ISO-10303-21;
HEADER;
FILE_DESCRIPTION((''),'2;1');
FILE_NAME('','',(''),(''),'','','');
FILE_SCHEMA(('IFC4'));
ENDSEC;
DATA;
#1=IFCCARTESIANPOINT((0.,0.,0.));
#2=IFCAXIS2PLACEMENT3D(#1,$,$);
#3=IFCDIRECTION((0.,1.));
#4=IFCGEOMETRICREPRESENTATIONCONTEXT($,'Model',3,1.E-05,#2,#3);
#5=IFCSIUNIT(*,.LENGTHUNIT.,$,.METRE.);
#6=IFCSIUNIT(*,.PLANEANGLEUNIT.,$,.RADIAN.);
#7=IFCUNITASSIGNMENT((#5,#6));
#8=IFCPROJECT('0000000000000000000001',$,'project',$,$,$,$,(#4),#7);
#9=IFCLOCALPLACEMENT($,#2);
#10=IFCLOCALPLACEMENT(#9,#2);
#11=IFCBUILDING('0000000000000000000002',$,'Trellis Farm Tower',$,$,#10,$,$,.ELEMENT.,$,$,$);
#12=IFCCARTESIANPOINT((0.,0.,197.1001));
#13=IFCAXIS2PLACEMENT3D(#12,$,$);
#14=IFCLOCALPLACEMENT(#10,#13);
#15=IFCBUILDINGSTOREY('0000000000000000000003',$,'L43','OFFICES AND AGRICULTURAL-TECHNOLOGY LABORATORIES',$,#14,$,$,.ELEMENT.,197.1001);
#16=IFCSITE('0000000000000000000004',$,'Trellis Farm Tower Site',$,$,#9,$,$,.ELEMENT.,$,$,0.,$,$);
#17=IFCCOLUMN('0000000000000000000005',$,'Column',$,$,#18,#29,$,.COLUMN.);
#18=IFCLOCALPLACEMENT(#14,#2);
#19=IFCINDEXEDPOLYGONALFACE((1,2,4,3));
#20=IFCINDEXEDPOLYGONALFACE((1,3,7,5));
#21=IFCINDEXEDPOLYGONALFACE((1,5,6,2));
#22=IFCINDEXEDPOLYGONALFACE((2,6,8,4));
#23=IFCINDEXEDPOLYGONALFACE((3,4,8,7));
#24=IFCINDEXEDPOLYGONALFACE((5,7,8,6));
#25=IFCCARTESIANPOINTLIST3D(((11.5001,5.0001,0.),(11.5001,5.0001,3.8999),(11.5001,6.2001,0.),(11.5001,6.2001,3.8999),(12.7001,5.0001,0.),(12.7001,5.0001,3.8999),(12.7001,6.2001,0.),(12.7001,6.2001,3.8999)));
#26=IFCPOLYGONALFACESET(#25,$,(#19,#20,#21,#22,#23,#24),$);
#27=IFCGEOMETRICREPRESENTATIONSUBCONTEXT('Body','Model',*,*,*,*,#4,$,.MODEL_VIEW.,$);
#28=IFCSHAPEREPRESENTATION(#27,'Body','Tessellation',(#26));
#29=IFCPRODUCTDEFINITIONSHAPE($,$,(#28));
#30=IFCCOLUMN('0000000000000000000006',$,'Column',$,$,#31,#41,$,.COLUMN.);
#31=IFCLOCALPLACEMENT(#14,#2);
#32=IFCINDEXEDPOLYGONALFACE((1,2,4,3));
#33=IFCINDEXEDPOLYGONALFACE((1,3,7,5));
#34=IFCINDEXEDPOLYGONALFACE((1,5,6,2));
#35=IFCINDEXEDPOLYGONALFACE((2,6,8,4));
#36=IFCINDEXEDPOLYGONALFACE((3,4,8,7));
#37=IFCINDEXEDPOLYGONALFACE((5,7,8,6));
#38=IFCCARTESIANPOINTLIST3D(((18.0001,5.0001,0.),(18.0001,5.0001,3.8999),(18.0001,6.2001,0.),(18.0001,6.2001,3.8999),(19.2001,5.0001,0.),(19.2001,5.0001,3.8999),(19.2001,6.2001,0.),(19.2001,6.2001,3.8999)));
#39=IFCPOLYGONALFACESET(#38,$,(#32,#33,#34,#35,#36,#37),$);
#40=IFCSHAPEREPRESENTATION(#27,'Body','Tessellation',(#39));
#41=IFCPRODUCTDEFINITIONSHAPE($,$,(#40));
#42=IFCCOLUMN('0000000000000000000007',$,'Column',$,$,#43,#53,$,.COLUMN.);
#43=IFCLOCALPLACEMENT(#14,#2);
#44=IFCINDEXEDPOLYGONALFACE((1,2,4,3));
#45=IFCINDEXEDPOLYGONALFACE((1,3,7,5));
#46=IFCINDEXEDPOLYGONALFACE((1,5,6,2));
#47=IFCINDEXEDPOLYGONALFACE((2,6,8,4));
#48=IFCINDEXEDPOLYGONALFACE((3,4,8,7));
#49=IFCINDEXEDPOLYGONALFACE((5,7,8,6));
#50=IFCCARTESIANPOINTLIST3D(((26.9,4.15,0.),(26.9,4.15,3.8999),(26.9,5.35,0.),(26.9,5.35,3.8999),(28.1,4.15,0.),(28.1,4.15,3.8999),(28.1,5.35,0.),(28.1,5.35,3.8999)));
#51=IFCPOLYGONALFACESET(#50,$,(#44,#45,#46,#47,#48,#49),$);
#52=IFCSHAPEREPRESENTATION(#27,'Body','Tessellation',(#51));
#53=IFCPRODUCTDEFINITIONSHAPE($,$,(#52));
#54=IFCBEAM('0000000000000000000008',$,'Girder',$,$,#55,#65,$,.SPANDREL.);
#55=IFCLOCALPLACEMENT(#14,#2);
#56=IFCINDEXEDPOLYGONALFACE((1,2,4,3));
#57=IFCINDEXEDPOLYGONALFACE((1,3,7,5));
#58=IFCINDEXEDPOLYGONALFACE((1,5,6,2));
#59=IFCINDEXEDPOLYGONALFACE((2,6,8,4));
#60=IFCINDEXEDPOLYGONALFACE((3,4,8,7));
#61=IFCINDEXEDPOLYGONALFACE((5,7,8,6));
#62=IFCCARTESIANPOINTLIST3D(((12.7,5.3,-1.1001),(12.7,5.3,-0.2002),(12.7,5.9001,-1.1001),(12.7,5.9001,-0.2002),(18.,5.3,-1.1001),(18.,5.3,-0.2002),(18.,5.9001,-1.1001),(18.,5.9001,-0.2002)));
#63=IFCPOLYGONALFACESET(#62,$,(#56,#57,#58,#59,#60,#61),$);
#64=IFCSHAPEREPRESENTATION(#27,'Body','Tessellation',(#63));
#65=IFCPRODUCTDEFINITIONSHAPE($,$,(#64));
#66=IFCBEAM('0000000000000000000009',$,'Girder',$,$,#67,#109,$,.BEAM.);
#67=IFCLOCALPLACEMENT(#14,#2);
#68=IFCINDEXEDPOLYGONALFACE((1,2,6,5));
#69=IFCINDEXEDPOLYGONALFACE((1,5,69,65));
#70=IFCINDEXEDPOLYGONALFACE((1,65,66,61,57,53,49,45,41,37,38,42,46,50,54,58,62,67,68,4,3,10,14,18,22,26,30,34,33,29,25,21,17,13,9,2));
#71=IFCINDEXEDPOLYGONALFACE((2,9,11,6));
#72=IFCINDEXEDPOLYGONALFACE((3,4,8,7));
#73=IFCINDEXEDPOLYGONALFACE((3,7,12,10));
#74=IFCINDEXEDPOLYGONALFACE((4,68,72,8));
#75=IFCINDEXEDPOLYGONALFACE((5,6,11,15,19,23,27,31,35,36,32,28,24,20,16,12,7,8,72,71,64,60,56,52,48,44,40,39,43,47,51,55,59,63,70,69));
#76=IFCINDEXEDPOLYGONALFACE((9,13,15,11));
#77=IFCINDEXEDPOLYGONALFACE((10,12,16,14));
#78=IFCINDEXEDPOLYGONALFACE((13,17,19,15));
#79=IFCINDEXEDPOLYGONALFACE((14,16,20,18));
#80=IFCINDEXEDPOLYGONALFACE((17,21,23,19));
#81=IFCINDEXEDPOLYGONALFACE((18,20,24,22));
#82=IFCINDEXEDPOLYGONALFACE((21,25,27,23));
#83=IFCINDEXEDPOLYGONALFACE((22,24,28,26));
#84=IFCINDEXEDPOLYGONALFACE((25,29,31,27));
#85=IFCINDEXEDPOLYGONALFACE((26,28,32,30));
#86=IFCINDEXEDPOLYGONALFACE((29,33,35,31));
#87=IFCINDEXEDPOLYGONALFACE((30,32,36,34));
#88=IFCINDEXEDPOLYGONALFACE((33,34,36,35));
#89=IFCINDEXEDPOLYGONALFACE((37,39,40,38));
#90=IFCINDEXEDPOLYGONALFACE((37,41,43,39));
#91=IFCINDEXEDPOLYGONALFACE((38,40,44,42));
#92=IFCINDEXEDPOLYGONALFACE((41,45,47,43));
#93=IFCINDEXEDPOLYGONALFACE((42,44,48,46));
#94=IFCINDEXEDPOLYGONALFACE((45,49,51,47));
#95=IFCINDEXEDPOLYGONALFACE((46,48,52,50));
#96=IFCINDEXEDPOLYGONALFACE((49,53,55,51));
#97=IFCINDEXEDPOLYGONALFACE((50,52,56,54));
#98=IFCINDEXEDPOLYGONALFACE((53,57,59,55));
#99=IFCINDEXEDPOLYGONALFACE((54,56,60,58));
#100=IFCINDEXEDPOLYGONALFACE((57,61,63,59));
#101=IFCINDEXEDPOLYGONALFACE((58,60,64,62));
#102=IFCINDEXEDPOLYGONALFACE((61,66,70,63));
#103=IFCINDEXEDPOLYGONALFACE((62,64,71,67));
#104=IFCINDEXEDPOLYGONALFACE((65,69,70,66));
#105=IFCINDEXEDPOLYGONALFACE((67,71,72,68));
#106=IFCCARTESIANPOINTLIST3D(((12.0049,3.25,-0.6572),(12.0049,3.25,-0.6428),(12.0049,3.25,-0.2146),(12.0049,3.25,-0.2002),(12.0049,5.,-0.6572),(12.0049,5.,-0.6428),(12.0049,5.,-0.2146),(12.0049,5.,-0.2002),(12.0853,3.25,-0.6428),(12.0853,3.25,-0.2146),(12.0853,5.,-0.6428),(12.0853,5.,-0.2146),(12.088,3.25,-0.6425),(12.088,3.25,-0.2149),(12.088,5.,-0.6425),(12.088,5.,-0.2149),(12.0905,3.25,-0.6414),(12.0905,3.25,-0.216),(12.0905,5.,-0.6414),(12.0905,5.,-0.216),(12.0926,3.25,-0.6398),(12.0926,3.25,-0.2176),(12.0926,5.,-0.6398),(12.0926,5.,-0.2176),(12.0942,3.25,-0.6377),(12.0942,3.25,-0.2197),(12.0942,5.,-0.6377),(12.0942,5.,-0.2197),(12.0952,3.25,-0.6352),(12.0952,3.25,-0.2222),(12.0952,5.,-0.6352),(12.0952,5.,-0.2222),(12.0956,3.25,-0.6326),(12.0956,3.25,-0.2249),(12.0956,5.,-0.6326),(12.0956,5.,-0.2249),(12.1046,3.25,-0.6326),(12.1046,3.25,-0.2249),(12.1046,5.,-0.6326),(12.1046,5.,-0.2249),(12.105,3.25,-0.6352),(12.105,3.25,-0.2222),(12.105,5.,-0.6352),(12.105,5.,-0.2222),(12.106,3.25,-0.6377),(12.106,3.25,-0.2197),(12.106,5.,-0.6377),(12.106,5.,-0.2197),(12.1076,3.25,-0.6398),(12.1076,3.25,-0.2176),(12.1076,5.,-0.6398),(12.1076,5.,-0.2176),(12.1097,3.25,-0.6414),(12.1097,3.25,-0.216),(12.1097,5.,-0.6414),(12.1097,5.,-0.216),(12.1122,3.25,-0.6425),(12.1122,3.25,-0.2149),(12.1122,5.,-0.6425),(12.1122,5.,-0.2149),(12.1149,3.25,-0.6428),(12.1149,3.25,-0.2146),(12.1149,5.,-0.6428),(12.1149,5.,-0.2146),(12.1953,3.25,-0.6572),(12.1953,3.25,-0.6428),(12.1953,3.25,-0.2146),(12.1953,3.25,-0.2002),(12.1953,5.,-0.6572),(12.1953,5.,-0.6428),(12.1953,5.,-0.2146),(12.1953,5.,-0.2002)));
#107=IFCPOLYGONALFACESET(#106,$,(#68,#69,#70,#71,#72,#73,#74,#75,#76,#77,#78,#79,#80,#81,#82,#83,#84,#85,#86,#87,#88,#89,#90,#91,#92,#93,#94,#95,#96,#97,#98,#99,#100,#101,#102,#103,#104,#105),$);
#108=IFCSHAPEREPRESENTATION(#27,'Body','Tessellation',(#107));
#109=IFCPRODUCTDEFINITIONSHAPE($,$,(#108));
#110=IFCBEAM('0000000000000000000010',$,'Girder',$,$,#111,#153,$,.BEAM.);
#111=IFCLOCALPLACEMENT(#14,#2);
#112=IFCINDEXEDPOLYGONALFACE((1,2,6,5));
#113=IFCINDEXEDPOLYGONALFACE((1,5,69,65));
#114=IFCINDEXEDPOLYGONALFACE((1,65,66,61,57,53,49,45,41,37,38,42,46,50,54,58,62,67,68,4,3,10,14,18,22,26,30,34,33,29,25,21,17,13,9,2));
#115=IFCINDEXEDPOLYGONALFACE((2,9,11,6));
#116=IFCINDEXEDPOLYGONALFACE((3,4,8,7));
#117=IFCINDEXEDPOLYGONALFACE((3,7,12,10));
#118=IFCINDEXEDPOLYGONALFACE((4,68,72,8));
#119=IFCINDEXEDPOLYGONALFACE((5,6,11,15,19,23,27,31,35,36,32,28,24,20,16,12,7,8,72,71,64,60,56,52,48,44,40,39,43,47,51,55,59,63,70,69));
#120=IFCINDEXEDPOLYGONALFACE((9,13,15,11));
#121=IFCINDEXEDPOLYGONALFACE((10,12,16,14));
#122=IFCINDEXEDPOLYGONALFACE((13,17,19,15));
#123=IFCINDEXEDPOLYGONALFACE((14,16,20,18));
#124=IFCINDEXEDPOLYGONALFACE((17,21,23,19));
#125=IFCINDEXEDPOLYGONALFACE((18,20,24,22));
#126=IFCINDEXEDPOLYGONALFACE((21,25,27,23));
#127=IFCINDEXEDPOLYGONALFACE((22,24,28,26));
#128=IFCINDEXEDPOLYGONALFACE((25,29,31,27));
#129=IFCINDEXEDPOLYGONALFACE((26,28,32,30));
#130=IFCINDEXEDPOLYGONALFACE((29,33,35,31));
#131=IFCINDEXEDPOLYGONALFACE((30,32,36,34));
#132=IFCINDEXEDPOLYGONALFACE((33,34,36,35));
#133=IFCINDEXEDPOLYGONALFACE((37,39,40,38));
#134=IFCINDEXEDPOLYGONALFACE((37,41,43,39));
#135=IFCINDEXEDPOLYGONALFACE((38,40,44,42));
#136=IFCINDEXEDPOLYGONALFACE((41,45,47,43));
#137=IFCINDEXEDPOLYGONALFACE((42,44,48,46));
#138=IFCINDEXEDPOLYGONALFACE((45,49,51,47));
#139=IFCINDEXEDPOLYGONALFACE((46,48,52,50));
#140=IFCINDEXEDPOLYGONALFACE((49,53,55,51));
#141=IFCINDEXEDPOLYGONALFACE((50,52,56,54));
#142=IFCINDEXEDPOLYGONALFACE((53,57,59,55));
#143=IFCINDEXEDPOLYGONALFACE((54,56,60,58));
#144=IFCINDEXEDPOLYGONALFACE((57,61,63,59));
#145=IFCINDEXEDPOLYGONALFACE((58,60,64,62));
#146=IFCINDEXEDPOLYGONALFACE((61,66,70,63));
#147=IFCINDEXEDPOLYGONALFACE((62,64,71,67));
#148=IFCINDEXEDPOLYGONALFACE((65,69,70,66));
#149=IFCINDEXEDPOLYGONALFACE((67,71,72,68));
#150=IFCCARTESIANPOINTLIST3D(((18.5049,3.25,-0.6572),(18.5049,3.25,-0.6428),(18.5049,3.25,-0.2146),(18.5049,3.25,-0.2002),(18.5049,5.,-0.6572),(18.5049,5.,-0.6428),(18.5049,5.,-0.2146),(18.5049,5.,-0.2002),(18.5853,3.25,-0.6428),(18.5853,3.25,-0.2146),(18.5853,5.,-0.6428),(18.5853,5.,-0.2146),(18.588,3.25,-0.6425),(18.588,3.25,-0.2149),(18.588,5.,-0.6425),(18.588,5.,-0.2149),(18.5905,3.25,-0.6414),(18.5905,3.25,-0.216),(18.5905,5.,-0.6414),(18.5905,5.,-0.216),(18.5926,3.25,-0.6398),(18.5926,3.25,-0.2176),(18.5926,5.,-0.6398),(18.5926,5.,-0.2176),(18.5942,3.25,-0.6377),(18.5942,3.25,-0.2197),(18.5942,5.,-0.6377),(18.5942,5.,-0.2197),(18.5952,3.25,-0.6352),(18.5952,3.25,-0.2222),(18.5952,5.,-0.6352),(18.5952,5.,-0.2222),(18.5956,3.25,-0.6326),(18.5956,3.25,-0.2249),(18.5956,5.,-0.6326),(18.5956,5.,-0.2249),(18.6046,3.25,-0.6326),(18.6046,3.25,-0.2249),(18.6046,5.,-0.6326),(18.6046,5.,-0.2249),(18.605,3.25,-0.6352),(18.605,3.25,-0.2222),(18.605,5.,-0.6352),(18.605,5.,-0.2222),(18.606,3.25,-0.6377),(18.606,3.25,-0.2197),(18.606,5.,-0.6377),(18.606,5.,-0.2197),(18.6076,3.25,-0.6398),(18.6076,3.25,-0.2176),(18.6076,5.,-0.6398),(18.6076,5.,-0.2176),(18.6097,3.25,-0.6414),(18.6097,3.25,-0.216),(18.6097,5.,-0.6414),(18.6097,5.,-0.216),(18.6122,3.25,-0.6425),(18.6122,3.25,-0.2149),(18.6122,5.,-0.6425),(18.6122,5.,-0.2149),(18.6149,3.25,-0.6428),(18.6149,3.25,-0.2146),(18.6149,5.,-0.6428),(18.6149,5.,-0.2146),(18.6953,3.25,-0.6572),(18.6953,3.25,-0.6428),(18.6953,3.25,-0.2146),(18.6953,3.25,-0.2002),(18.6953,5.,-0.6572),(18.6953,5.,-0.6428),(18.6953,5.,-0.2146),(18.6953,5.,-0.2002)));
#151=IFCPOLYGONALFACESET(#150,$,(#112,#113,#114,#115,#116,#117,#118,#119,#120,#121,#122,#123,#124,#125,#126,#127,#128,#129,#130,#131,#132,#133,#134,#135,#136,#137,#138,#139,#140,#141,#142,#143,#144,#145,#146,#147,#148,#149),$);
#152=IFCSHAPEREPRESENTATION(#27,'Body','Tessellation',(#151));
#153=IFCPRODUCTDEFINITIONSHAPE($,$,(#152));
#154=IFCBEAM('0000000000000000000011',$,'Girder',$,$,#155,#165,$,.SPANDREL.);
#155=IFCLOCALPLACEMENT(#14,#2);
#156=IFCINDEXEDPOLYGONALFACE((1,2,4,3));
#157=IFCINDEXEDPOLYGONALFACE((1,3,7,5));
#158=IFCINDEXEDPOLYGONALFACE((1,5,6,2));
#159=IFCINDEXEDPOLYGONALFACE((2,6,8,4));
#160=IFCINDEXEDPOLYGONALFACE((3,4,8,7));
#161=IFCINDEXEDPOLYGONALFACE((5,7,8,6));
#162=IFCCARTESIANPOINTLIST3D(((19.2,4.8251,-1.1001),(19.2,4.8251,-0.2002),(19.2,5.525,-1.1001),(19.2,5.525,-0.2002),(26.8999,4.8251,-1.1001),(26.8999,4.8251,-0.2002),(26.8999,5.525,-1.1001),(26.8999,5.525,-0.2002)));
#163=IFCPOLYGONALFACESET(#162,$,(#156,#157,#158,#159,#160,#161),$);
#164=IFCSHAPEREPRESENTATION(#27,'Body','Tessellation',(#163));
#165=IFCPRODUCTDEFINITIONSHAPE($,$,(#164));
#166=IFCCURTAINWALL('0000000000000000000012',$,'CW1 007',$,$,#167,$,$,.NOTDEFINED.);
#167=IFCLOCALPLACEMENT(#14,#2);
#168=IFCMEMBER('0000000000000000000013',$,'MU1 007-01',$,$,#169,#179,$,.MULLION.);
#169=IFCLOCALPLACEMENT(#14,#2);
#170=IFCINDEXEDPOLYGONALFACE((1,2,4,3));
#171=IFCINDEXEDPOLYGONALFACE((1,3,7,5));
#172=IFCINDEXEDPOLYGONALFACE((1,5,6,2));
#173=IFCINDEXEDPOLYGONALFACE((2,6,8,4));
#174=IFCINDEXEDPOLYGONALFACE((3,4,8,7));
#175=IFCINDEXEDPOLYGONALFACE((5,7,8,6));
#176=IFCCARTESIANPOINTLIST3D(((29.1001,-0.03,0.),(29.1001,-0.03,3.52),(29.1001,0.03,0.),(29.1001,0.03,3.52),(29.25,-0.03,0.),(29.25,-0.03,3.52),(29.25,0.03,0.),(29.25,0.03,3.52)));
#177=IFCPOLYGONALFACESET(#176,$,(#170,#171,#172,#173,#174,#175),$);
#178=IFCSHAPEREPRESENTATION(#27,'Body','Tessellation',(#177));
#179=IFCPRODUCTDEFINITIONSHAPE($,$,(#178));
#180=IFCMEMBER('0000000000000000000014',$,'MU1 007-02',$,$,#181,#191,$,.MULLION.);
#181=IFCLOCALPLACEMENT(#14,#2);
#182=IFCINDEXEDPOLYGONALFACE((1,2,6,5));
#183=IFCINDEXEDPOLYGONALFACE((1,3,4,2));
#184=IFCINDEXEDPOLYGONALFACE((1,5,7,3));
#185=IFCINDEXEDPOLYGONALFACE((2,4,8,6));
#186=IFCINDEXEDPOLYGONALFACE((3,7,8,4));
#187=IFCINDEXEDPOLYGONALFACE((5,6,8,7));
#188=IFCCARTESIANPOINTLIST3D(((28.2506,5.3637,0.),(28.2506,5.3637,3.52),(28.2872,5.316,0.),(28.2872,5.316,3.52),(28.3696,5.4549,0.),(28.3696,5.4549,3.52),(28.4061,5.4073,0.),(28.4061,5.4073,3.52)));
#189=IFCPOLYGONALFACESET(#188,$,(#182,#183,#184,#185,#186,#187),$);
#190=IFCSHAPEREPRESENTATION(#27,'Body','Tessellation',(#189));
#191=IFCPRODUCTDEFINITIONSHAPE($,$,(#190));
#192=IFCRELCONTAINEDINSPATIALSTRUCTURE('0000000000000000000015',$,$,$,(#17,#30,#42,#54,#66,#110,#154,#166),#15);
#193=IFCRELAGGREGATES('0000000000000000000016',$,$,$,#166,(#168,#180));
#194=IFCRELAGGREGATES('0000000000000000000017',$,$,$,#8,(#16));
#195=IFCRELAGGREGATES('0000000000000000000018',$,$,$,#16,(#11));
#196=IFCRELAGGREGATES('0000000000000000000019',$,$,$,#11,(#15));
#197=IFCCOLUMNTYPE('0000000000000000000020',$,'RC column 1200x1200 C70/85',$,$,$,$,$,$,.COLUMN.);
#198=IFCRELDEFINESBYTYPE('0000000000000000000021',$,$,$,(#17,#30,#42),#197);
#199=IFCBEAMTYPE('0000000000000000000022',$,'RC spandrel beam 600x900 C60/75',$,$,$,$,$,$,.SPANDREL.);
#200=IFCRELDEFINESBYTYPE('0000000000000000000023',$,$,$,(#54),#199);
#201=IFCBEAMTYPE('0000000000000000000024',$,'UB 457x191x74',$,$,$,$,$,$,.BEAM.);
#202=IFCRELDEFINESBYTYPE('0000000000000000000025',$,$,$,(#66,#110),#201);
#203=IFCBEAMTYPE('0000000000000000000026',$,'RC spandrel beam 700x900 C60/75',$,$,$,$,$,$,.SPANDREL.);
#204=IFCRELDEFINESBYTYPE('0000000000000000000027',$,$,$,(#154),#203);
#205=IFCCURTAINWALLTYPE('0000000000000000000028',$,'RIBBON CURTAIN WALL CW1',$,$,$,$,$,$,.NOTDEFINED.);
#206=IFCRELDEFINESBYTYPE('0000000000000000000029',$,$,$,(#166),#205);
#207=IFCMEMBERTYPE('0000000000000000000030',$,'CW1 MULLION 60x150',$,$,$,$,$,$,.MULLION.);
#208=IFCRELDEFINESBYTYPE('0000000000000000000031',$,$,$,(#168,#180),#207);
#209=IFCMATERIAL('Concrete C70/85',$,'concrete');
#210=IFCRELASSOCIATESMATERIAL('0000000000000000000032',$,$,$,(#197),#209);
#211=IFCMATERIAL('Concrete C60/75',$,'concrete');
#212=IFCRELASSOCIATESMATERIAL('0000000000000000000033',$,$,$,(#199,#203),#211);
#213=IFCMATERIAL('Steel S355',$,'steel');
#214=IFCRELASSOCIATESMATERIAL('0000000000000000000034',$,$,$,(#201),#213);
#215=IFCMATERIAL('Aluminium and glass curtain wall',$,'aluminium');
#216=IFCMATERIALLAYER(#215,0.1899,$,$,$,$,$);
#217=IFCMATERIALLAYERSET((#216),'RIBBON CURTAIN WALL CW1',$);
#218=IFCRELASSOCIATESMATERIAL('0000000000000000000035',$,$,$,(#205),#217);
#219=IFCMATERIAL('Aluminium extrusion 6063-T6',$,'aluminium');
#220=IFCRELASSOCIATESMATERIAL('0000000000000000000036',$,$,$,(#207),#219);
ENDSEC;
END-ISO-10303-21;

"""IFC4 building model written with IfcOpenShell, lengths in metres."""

from ifc_helpers import new_model, si_unit, direction, frame, origin, origin_2d, place, context, subcontext, project, spatial, rectangle, i_section, extrude, source, transform, mapped, material, layer, layer_set, material_profile, profile_set, type_object, element, aggregate, save


model = new_model("IFC4")

# Units and contexts
model_context = context("Model", 3, precision=1e-05, world=origin(), true_north=direction((0.0, 1.0)))
body_context = subcontext(model_context, "Body", "Model", "MODEL_VIEW")
ifc_project = project(units=[si_unit("LENGTHUNIT", "METRE"), si_unit("PLANEANGLEUNIT", "RADIAN")], contexts=[model_context])

# Site, building, storey
site_placement = place(None, origin())
site = spatial("IfcSite", under=ifc_project, at=site_placement, Name="Trellis Farm Tower Site", CompositionType="ELEMENT", RefElevation=0.0)
building_placement = place(site_placement, origin())
building = spatial("IfcBuilding", under=site, at=building_placement, Name="Trellis Farm Tower", CompositionType="ELEMENT")
storey_placement = place(building_placement, frame((0.0, 0.0, 197.1001)))
storey = spatial("IfcBuildingStorey", under=building, at=storey_placement, Name="L43", Description="OFFICES AND AGRICULTURAL-TECHNOLOGY LABORATORIES", CompositionType="ELEMENT", Elevation=197.1001)

# Columns
ifc_material_1 = material(Name="Concrete C70/85", Category="concrete")
ifc_material_profile_1 = material_profile(ifc_material_1, rectangle(XDim=1.2, YDim=1.2, at=origin_2d()), Name="RC column 1200x1200 C70/85")
ifc_profile_set_1 = profile_set([ifc_material_profile_1], Name="Concrete C70/85")
column_type = type_object("IfcColumnType", Name="RC column 1200x1200 C70/85", PredefinedType="COLUMN", material=ifc_profile_set_1)
shared_shape_1 = source(origin(), body_context, "Body", "SweptSolid", [
    extrude(rectangle(XDim=1.2, YDim=1.2, at=origin_2d()), origin(), (0.0, 0.0, 1.0), 3.8999),
])
for number, where, z_axis, x_axis, name in (
    (1, (12.1001, 5.6001, 0.0), (0.0, 0.0, 1.0), (1.0, 0.0, 0.0), "Column"),
    (2, (18.6001, 5.6001, 0.0), (0.0, 0.0, 1.0), (1.0, 0.0, 0.0), "Column"),
    (3, (27.5, 4.75, 0.0), (0.0, 0.0, 1.0), (1.0, 0.0, 0.0), "Column"),
):
    element("IfcColumn", number, at=place(storey_placement, frame(where, z_axis=z_axis, x_axis=x_axis)), inside=storey, type_object=column_type, Name=name, PredefinedType="COLUMN", context=body_context, shape_type="MappedRepresentation", body=[
        mapped(shared_shape_1, transform((0.0, 0.0, 0.0))),
    ])

# Beams
ifc_material_2 = material(Name="Concrete C60/75", Category="concrete")
ifc_material_profile_2 = material_profile(ifc_material_2, rectangle(XDim=0.6001, YDim=0.8999, at=origin_2d()), Name="RC spandrel beam 600x900 C60/75")
ifc_profile_set_2 = profile_set([ifc_material_profile_2], Name="Concrete C60/75")
beam_type_1 = type_object("IfcBeamType", Name="RC spandrel beam 600x900 C60/75", PredefinedType="SPANDREL", material=ifc_profile_set_2)
shared_shape_2 = source(origin(), body_context, "Body", "SweptSolid", [
    extrude(rectangle(XDim=0.6001, YDim=0.8999, at=origin_2d()), origin(), (0.0, 0.0, 1.0), 5.3),
])
beam_1_placement = place(storey_placement, frame((12.7, 5.6001, -0.6501), z_axis=(1.0, 0.0, 0.0), x_axis=(0.0, 1.0, 0.0)))
element("IfcBeam", 4, at=beam_1_placement, inside=storey, type_object=beam_type_1, Name="Girder", PredefinedType="SPANDREL", context=body_context, shape_type="MappedRepresentation", body=[
    mapped(shared_shape_2, transform((0.0, 0.0, 0.0))),
])
ifc_material_3 = material(Name="Steel S355", Category="steel")
ifc_material_profile_3 = material_profile(ifc_material_3, i_section(OverallWidth=0.1904, OverallDepth=0.457, WebThickness=0.009, FlangeThickness=0.0144, FilletRadius=0.0103, at=origin_2d()), Name="UB 457x191x74")
ifc_profile_set_3 = profile_set([ifc_material_profile_3], Name="Steel S355")
beam_type_2 = type_object("IfcBeamType", Name="UB 457x191x74", PredefinedType="BEAM", material=ifc_profile_set_3)
shared_shape_3 = source(origin(), body_context, "Body", "SweptSolid", [
    extrude(i_section(OverallWidth=0.1904, OverallDepth=0.457, WebThickness=0.009, FlangeThickness=0.0144, FilletRadius=0.0103, at=origin_2d()), origin(), (0.0, 0.0, 1.0), 1.75),
])
for number, where, z_axis, x_axis, name in (
    (5, (12.1001, 3.25, -0.4287), (0.0, 1.0, 0.0), (-1.0, 0.0, 0.0), "Girder"),
    (6, (18.6001, 3.25, -0.4287), (0.0, 1.0, 0.0), (-1.0, 0.0, 0.0), "Girder"),
):
    element("IfcBeam", number, at=place(storey_placement, frame(where, z_axis=z_axis, x_axis=x_axis)), inside=storey, type_object=beam_type_2, Name=name, PredefinedType="BEAM", context=body_context, shape_type="MappedRepresentation", body=[
        mapped(shared_shape_3, transform((0.0, 0.0, 0.0))),
    ])
ifc_material_profile_4 = material_profile(ifc_material_2, rectangle(XDim=0.7, YDim=0.8999, at=origin_2d()), Name="RC spandrel beam 700x900 C60/75")
ifc_profile_set_4 = profile_set([ifc_material_profile_4], Name="Concrete C60/75")
beam_type_3 = type_object("IfcBeamType", Name="RC spandrel beam 700x900 C60/75", PredefinedType="SPANDREL", material=ifc_profile_set_4)
shared_shape_4 = source(origin(), body_context, "Body", "SweptSolid", [
    extrude(rectangle(XDim=0.7, YDim=0.8999, at=origin_2d()), origin(), (0.0, 0.0, 1.0), 7.7),
])
beam_2_placement = place(storey_placement, frame((19.2, 5.175, -0.6501), z_axis=(1.0, 0.0, 0.0), x_axis=(0.0, 1.0, 0.0)))
element("IfcBeam", 7, at=beam_2_placement, inside=storey, type_object=beam_type_3, Name="Girder", PredefinedType="SPANDREL", context=body_context, shape_type="MappedRepresentation", body=[
    mapped(shared_shape_4, transform((0.0, 0.0, 0.0))),
])

# Curtain wall, members
ifc_material_4 = material(Name="Aluminium and glass curtain wall", Category="aluminium")
ifc_layer_1 = layer(ifc_material_4, 0.1899)
ifc_layer_set_1 = layer_set([ifc_layer_1], Name="RIBBON CURTAIN WALL CW1")
curtain_wall_type = type_object("IfcCurtainWallType", Name="RIBBON CURTAIN WALL CW1", PredefinedType="NOTDEFINED", material=ifc_layer_set_1)
placement = place(storey_placement, origin())
curtain_wall_1 = element("IfcCurtainWall", 8, at=placement, inside=storey, type_object=curtain_wall_type, Name="CW1 007", PredefinedType="NOTDEFINED")
ifc_material_5 = material(Name="Aluminium extrusion 6063-T6", Category="aluminium")
ifc_material_profile_5 = material_profile(ifc_material_5, rectangle(XDim=0.0601, YDim=0.1499, at=origin_2d()), Name="MULLION 60x150")
ifc_profile_set_5 = profile_set([ifc_material_profile_5], Name="Aluminium extrusion 6063-T6")
member_type = type_object("IfcMemberType", Name="CW1 MULLION 60x150", PredefinedType="MULLION", material=ifc_profile_set_5)
shared_shape_5 = source(origin(), body_context, "Body", "SweptSolid", [
    extrude(rectangle(XDim=0.0601, YDim=0.1499, at=origin_2d()), origin(), (0.0, 0.0, 1.0), 3.52),
])
member_1_placement = place(storey_placement, frame((29.175, 0.0, 0.0), z_axis=(0.0, 0.0, 1.0), x_axis=(0.0, 1.0, 0.0)))
member_1 = element("IfcMember", 9, at=member_1_placement, type_object=member_type, Name="MU1 007-01", PredefinedType="MULLION", context=body_context, shape_type="MappedRepresentation", body=[
    mapped(shared_shape_5, transform((0.0, 0.0, 0.0))),
])
member_2_placement = place(storey_placement, frame((28.3284, 5.3855, 0.0), z_axis=(0.0, 0.0, 1.0), x_axis=(-0.608761, 0.793353, 0.0)))
member_2 = element("IfcMember", 10, at=member_2_placement, type_object=member_type, Name="MU1 007-02", PredefinedType="MULLION", context=body_context, shape_type="MappedRepresentation", body=[
    mapped(shared_shape_5, transform((0.0, 0.0, 0.0))),
])
aggregate(curtain_wall_1, [member_1, member_2])

save(model, "model.ifc")
